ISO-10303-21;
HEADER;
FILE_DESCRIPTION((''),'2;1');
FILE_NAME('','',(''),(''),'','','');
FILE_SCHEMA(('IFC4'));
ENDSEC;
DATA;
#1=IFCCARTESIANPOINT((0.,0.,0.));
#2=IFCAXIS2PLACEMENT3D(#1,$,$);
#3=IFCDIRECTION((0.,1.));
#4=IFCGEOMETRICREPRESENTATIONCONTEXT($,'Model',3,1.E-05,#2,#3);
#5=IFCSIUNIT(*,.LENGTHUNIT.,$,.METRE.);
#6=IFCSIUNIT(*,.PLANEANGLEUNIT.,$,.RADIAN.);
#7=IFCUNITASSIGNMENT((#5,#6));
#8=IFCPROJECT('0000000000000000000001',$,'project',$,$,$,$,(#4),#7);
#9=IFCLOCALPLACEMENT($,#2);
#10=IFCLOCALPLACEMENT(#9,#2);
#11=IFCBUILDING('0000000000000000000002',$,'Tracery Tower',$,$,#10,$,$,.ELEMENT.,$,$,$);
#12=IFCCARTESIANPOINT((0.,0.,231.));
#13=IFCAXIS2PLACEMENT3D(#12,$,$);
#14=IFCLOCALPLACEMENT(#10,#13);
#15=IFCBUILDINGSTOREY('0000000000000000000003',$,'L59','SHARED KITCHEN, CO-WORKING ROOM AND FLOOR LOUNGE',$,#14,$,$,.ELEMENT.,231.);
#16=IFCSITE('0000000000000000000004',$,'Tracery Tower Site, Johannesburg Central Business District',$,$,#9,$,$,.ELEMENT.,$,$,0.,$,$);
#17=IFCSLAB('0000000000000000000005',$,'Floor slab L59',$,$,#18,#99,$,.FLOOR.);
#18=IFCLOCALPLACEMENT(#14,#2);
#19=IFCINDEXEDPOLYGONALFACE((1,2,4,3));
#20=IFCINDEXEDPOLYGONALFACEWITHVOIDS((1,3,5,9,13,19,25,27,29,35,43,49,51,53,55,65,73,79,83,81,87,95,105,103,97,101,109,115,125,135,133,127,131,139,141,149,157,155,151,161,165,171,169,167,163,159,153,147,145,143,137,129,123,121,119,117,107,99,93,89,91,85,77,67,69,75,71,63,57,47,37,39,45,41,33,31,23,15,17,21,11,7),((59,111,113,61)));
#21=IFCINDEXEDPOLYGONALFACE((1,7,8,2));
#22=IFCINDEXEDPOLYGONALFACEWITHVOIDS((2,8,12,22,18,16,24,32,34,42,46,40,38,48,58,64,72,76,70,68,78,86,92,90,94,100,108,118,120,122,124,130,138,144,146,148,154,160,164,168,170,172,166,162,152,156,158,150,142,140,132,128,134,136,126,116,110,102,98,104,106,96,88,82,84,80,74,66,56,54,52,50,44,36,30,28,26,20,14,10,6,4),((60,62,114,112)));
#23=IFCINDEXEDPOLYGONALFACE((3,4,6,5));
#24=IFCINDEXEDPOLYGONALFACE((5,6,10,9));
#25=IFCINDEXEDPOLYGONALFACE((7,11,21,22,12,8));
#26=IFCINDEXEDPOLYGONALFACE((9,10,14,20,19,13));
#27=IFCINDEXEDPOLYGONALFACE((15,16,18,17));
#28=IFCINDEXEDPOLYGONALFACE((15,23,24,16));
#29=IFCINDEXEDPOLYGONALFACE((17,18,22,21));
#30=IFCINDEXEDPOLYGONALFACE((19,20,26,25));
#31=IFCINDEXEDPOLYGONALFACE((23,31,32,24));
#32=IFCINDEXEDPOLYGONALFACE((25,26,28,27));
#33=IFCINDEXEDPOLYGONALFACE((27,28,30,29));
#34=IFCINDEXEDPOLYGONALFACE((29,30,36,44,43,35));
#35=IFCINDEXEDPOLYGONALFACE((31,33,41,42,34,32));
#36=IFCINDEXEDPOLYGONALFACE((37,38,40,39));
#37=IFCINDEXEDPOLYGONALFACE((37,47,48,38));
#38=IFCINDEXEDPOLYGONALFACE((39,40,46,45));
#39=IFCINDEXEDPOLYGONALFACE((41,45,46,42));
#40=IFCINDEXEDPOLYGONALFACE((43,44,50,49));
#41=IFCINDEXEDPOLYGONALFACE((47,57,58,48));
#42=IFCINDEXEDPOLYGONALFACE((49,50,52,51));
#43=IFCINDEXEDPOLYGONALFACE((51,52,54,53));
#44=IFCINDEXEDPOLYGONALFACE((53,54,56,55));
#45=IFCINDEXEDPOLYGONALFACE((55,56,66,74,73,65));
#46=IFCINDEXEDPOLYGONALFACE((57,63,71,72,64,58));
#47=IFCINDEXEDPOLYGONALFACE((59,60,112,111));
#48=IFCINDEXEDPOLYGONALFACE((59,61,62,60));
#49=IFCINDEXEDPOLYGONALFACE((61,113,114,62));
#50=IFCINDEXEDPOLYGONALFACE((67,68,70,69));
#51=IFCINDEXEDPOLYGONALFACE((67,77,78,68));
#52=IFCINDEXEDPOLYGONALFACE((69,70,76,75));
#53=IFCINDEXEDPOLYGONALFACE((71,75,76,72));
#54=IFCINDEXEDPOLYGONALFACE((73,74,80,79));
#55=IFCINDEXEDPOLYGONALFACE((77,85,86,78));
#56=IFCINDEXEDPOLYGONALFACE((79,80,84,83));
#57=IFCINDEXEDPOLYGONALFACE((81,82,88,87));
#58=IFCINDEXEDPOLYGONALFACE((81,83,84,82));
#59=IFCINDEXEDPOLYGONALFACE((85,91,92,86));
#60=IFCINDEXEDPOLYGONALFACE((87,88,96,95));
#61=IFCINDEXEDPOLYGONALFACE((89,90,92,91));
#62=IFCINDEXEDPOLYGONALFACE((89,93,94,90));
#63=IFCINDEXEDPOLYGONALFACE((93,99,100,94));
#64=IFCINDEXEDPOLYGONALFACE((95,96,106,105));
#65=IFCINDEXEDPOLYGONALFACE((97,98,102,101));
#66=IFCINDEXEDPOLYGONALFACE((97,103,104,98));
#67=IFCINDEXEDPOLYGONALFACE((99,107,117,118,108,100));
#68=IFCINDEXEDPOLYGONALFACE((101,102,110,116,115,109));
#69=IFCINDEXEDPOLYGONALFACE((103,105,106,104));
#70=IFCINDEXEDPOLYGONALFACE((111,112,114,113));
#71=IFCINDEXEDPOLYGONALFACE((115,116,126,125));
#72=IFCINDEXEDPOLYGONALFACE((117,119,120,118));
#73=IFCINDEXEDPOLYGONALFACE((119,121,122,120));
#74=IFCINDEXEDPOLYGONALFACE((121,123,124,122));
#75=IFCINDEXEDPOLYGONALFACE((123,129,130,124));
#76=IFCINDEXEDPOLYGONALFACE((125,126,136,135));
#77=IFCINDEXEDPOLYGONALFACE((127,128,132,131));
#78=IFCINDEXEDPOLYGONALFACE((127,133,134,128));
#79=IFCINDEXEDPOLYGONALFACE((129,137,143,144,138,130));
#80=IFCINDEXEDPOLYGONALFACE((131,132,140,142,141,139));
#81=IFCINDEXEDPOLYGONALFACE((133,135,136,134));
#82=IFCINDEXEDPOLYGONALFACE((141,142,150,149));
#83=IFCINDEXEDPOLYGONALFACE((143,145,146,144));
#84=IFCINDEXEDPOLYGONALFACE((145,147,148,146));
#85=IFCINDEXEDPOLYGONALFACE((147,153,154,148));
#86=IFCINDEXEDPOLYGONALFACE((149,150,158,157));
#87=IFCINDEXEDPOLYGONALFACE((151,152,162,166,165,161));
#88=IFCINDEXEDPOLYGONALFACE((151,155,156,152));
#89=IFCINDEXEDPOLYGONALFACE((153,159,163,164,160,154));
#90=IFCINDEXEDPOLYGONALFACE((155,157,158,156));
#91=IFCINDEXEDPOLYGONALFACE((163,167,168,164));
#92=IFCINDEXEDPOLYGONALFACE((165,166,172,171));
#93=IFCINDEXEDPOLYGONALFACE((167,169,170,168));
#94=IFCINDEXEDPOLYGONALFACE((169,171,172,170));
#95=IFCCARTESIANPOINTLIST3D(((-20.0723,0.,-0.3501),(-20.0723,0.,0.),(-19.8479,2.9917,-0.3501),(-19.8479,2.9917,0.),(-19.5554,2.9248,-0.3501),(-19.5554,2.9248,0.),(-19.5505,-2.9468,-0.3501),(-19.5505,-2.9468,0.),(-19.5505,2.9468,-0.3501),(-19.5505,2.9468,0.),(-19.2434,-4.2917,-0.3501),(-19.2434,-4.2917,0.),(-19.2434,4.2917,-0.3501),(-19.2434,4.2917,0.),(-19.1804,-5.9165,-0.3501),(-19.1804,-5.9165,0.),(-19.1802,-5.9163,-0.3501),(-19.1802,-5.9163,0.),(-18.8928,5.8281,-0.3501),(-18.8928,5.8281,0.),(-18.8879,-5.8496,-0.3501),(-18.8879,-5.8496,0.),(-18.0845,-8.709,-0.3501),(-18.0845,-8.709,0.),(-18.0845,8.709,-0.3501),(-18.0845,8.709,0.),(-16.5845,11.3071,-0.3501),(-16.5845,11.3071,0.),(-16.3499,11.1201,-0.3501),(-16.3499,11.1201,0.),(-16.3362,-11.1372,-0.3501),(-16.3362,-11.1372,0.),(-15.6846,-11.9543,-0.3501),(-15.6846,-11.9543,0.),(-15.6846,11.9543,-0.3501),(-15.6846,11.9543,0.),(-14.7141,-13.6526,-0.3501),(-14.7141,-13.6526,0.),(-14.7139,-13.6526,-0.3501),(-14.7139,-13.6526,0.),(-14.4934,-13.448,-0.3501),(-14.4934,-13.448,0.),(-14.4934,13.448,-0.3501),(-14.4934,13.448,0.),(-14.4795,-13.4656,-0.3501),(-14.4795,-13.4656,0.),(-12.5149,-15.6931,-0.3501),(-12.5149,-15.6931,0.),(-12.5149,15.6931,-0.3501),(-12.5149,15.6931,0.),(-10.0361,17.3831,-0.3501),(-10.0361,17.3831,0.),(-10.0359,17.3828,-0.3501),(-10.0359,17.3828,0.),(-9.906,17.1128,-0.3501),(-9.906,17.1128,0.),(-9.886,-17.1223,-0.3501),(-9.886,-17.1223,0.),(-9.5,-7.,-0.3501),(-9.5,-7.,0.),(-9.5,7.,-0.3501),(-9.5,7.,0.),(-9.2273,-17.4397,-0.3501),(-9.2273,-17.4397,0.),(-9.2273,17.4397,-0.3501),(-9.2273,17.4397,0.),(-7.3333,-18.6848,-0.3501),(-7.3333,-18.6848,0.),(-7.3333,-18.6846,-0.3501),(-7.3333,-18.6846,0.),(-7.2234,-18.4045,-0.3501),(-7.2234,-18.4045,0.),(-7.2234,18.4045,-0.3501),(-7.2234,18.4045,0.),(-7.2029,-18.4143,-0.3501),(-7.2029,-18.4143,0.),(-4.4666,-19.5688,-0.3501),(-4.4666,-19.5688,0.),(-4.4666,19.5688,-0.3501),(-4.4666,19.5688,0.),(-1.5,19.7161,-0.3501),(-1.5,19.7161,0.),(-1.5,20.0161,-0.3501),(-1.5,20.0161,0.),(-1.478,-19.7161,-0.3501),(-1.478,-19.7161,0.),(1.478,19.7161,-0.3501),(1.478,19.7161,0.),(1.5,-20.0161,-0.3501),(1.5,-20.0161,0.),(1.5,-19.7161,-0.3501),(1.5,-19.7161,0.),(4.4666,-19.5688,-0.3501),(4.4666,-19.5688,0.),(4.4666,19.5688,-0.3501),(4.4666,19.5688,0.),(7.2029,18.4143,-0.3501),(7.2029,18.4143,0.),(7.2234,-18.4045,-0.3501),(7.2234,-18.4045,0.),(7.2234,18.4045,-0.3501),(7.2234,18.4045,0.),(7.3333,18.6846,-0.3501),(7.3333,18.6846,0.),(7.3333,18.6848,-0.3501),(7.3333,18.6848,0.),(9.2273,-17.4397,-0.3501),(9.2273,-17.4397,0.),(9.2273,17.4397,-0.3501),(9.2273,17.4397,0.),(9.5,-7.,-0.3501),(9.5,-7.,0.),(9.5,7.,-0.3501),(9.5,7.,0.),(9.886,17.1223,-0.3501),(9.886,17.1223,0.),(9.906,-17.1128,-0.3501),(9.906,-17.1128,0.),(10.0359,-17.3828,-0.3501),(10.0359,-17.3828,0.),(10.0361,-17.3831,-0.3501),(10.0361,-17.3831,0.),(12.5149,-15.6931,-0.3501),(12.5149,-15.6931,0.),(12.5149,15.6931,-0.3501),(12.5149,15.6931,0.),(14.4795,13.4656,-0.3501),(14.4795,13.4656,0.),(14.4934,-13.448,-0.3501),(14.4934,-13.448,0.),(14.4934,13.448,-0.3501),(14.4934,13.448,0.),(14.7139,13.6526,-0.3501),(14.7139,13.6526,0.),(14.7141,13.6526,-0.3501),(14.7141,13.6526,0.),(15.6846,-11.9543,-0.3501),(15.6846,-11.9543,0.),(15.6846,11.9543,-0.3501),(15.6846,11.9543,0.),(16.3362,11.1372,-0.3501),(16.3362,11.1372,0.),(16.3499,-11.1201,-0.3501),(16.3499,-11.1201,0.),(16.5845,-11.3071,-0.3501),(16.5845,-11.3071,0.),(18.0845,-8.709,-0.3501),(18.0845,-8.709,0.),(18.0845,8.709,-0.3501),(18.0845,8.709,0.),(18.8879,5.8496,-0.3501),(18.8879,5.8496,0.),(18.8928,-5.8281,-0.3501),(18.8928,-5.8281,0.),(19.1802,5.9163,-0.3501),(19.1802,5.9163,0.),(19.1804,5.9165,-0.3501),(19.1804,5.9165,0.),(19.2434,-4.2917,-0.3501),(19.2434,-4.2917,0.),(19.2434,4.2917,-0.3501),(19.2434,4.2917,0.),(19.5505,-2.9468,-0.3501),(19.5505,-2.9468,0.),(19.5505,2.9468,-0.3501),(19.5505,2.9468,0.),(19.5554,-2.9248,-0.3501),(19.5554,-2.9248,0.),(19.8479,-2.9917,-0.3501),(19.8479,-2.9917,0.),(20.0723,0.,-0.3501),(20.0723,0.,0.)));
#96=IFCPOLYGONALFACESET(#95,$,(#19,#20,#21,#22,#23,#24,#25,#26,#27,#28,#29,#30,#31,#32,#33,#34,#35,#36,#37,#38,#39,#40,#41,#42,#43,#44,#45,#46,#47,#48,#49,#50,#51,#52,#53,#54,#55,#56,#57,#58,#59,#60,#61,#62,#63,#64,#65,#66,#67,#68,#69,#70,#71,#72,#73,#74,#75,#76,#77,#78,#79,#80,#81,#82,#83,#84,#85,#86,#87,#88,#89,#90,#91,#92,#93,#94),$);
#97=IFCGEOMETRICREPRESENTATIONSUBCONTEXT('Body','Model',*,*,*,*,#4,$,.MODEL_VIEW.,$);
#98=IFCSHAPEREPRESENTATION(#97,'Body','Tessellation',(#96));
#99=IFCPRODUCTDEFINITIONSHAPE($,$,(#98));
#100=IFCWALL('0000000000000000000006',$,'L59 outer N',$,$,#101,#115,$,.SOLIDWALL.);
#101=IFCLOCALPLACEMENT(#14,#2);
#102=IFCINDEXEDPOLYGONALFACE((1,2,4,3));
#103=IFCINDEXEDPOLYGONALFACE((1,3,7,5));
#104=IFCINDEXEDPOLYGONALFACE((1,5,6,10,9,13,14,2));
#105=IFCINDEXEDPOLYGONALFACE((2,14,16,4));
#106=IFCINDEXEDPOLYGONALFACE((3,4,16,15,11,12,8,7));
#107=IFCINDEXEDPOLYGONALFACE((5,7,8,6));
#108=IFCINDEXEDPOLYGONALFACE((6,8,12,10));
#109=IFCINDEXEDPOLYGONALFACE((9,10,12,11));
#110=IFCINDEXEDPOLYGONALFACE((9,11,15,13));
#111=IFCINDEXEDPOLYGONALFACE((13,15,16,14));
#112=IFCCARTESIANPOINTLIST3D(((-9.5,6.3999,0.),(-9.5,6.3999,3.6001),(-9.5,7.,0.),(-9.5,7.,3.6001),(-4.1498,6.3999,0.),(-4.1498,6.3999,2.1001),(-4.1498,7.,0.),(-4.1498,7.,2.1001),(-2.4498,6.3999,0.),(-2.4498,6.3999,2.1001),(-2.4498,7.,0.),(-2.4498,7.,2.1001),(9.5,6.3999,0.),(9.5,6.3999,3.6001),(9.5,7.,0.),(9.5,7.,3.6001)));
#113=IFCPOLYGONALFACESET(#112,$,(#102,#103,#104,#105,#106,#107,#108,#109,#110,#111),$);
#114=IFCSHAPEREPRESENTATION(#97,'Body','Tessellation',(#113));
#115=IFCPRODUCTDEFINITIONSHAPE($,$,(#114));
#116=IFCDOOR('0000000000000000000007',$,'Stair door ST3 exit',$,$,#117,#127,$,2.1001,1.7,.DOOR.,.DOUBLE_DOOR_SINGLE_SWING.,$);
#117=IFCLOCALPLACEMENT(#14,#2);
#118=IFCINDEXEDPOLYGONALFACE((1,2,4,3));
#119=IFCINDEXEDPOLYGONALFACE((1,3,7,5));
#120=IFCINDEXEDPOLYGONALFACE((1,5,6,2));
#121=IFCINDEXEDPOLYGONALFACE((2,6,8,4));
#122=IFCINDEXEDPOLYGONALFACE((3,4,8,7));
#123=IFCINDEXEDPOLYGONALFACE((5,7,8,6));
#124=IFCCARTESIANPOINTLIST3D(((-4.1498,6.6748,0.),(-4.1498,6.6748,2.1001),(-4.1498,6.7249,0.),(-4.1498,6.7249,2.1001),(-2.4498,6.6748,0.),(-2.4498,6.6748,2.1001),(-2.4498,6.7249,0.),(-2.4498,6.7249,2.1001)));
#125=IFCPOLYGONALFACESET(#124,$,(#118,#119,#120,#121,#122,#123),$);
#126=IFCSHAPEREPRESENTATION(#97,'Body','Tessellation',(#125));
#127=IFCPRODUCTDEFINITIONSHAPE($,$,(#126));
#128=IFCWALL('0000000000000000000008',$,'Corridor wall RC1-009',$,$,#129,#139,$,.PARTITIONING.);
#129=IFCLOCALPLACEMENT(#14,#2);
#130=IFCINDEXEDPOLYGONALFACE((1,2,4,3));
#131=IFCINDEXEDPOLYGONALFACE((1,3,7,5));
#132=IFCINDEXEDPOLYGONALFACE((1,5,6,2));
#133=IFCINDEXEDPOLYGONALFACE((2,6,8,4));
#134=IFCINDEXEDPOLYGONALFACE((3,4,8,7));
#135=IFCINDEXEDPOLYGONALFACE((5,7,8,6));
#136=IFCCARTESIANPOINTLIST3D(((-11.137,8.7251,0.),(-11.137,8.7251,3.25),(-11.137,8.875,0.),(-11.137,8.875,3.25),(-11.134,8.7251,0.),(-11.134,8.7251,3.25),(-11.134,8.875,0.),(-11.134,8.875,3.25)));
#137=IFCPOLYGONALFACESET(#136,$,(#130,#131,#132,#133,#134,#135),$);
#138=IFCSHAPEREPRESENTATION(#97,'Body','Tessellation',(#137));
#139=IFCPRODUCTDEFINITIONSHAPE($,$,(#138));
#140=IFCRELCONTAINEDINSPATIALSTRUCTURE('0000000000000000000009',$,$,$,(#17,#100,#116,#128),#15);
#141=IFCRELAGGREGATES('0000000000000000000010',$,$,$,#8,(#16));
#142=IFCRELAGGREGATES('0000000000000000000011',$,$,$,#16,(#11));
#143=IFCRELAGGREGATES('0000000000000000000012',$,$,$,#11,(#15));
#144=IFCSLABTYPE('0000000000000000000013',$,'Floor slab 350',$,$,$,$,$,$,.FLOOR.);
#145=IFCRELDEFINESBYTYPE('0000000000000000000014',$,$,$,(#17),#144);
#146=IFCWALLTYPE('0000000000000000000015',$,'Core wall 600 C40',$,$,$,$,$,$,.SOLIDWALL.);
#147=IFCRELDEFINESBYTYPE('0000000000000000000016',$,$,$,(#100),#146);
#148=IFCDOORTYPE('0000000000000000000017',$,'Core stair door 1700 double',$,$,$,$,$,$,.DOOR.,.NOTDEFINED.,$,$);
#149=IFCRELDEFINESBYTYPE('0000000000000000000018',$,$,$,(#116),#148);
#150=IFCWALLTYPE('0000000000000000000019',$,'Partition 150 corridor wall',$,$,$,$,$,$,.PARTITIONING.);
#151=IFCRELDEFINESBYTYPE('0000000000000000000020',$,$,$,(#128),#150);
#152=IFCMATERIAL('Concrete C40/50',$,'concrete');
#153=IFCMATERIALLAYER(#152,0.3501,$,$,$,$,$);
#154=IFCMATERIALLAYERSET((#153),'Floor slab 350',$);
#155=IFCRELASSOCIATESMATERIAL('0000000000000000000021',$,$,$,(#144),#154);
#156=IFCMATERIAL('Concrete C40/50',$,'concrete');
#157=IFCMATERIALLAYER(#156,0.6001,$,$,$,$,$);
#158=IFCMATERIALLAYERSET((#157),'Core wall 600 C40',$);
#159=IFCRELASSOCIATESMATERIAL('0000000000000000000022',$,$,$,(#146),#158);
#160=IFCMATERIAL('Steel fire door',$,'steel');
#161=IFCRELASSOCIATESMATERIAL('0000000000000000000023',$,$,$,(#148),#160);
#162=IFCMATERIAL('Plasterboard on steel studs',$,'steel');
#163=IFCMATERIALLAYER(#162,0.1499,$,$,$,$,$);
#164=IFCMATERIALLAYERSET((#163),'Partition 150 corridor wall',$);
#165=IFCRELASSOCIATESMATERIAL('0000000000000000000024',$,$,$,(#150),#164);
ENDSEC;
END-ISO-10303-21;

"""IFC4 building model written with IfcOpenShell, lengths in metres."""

from ifc_helpers import new_model, si_unit, direction, frame, frame_2d, origin, place, context, subcontext, project, spatial, polyline, rectangle, outline, extrude, material, layer, layer_set, type_object, element, fill, save


model = new_model("IFC4")

# Units and contexts
model_context = context("Model", 3, precision=1e-05, world=origin(), true_north=direction((0.0, 1.0)))
body_context = subcontext(model_context, "Body", "Model", "MODEL_VIEW")
ifc_project = project(units=[si_unit("LENGTHUNIT", "METRE"), si_unit("PLANEANGLEUNIT", "RADIAN")], contexts=[model_context])

# Site, building, storey
site_placement = place(None, origin())
site = spatial("IfcSite", under=ifc_project, at=site_placement, Name="Tracery Tower Site, Johannesburg Central Business District", CompositionType="ELEMENT", RefElevation=0.0)
building_placement = place(site_placement, origin())
building = spatial("IfcBuilding", under=site, at=building_placement, Name="Tracery Tower", CompositionType="ELEMENT")
storey_placement = place(building_placement, frame((0.0, 0.0, 231.0)))
storey = spatial("IfcBuildingStorey", under=building, at=storey_placement, Name="L59", Description="SHARED KITCHEN, CO-WORKING ROOM AND FLOOR LOUNGE", CompositionType="ELEMENT", Elevation=231.0)

# Slab
ifc_material_1 = material(Name="Concrete C40/50", Category="concrete")
ifc_layer_1 = layer(ifc_material_1, 0.3501)
ifc_layer_set_1 = layer_set([ifc_layer_1], Name="Floor slab 350")
slab_type_1 = type_object("IfcSlabType", Name="Floor slab 350", PredefinedType="FLOOR", material=ifc_layer_set_1)
slab_1_placement = place(storey_placement, frame((0.0, 0.0, -0.3501)))
element("IfcSlab", 1, at=slab_1_placement, inside=storey, type_object=slab_type_1, Name="Floor slab L59", PredefinedType="FLOOR", context=body_context, shape_type="SweptSolid", body=[
    extrude(outline(polyline([(19.2434, 4.2917), (18.8879, 5.8496), (19.1802, 5.9163), (19.1804, 5.9165), (18.0845, 8.709), (16.3362, 11.1372), (15.6846, 11.9543), (14.4934, 13.448), (14.4934, 13.448), (14.4795, 13.4656), (14.7139, 13.6526), (14.7141, 13.6526), (12.5149, 15.6931), (9.886, 17.1223), (9.2273, 17.4397), (7.2234, 18.4045), (7.2234, 18.4045), (7.2029, 18.4143), (7.3333, 18.6846), (7.3333, 18.6848), (4.4666, 19.5688), (1.478, 19.7161), (-1.5, 19.7161), (-1.5, 20.0161), (-1.5, 20.0161), (-4.4666, 19.5688), (-7.2234, 18.4045), (-9.2273, 17.4397), (-9.906, 17.1128), (-10.0359, 17.3828), (-10.0361, 17.3831), (-12.5149, 15.6931), (-14.4934, 13.448), (-15.6846, 11.9543), (-16.3499, 11.1201), (-16.5845, 11.3071), (-18.0845, 8.709), (-18.8928, 5.8281), (-19.2434, 4.2917), (-19.5505, 2.9468), (-19.5505, 2.9468), (-19.5554, 2.9248), (-19.8479, 2.9917), (-19.8479, 2.9917), (-20.0723, 0.0), (-19.5505, -2.9468), (-19.2434, -4.2917), (-18.8879, -5.8496), (-19.1802, -5.9163), (-19.1804, -5.9165), (-18.0845, -8.709), (-16.3362, -11.1372), (-15.6846, -11.9543), (-14.4934, -13.448), (-14.4934, -13.448), (-14.4795, -13.4656), (-14.7139, -13.6526), (-14.7141, -13.6526), (-12.5149, -15.6931), (-9.886, -17.1223), (-9.2273, -17.4397), (-7.2234, -18.4045), (-7.2234, -18.4045), (-7.2029, -18.4143), (-7.3333, -18.6846), (-7.3333, -18.6848), (-4.4666, -19.5688), (-1.478, -19.7161), (1.5, -19.7161), (1.5, -20.0161), (1.5, -20.0161), (4.4666, -19.5688), (7.2234, -18.4045), (9.2273, -17.4397), (9.906, -17.1128), (10.0359, -17.3828), (10.0361, -17.3831), (12.5149, -15.6931), (14.4934, -13.448), (15.6846, -11.9543), (16.3499, -11.1201), (16.5845, -11.3071), (18.0845, -8.709), (18.8928, -5.8281), (19.2434, -4.2917), (19.5505, -2.9468), (19.5505, -2.9468), (19.5554, -2.9248), (19.8479, -2.9917), (19.8479, -2.9917), (20.0723, 0.0), (19.5505, 2.9468), (19.2434, 4.2917)]), holes=[polyline([(-9.5, -7.0), (9.5, -7.0), (9.5, 7.0), (-9.5, 7.0), (-9.5, -7.0)])]), origin(), (0.0, 0.0, 1.0), 0.3501),
])

# Wall, opening, door
ifc_material_2 = material(Name="Concrete C40/50", Category="concrete")
ifc_layer_2 = layer(ifc_material_2, 0.6001)
ifc_layer_set_2 = layer_set([ifc_layer_2], Name="Core wall 600 C40")
wall_type_1 = type_object("IfcWallType", Name="Core wall 600 C40", PredefinedType="SOLIDWALL", material=ifc_layer_set_2)
wall_1_placement = place(storey_placement, frame((-9.5, 6.7, 0.0), z_axis=(0.0, 0.0, 1.0), x_axis=(1.0, 0.0, 0.0)))
wall_1 = element("IfcWall", 2, at=wall_1_placement, inside=storey, type_object=wall_type_1, Name="L59 outer N", PredefinedType="SOLIDWALL", context=body_context, shape_type="SweptSolid", body=[
    extrude(rectangle(XDim=19.0, YDim=0.6001, at=frame_2d((9.5, 0.0))), origin(), (0.0, 0.0, 1.0), 3.6001),
])
opening_1_placement = place(wall_1_placement, frame((5.3501, 0.0, 0.0)))
opening_1 = element("IfcOpeningElement", 3, at=opening_1_placement, cuts=wall_1, PredefinedType="OPENING", context=body_context, shape_type="SweptSolid", body=[
    extrude(rectangle(XDim=1.7, YDim=2.1001, at=frame_2d((0.8501, 1.05))), frame((0.0, 0.3, 0.0), z_axis=(0.0, -1.0, 0.0), x_axis=(1.0, 0.0, 0.0)), (0.0, 0.0, 1.0), 0.6001),
])
ifc_material_3 = material(Name="Steel fire door", Category="steel")
door_type_1 = type_object("IfcDoorType", Name="Core stair door 1700 double", OperationType="NOTDEFINED", PredefinedType="DOOR", material=ifc_material_3)
door_1_placement = place(opening_1_placement, origin())
door_1 = element("IfcDoor", 4, at=door_1_placement, inside=storey, type_object=door_type_1, Name="Stair door ST3 exit", OperationType="DOUBLE_DOOR_SINGLE_SWING", OverallHeight=2.1001, OverallWidth=1.7, PredefinedType="DOOR", context=body_context, shape_type="SweptSolid", body=[
    extrude(rectangle(XDim=1.7, YDim=2.1001, at=frame_2d((0.8501, 1.05))), frame((0.0, 0.0249, 0.0), z_axis=(0.0, -1.0, 0.0), x_axis=(1.0, 0.0, 0.0)), (0.0, 0.0, 1.0), 0.05),
])
fill(opening_1, door_1)

# Wall
ifc_material_4 = material(Name="Plasterboard on steel studs", Category="steel")
ifc_layer_3 = layer(ifc_material_4, 0.1499)
ifc_layer_set_3 = layer_set([ifc_layer_3], Name="Partition 150 corridor wall")
wall_type_2 = type_object("IfcWallType", Name="Partition 150 corridor wall", PredefinedType="PARTITIONING", material=ifc_layer_set_3)
wall_2_placement = place(storey_placement, frame((-11.134, 8.8, 0.0), z_axis=(0.0, 0.0, 1.0), x_axis=(-1.0, 0.0, 0.0)))
element("IfcWall", 5, at=wall_2_placement, inside=storey, type_object=wall_type_2, Name="Corridor wall RC1-009", PredefinedType="PARTITIONING", context=body_context, shape_type="SweptSolid", body=[
    extrude(rectangle(XDim=0.0029, YDim=0.1499, at=frame_2d((0.0015, 0.0))), origin(), (0.0, 0.0, 1.0), 3.25),
])

save(model, "model.ifc")
